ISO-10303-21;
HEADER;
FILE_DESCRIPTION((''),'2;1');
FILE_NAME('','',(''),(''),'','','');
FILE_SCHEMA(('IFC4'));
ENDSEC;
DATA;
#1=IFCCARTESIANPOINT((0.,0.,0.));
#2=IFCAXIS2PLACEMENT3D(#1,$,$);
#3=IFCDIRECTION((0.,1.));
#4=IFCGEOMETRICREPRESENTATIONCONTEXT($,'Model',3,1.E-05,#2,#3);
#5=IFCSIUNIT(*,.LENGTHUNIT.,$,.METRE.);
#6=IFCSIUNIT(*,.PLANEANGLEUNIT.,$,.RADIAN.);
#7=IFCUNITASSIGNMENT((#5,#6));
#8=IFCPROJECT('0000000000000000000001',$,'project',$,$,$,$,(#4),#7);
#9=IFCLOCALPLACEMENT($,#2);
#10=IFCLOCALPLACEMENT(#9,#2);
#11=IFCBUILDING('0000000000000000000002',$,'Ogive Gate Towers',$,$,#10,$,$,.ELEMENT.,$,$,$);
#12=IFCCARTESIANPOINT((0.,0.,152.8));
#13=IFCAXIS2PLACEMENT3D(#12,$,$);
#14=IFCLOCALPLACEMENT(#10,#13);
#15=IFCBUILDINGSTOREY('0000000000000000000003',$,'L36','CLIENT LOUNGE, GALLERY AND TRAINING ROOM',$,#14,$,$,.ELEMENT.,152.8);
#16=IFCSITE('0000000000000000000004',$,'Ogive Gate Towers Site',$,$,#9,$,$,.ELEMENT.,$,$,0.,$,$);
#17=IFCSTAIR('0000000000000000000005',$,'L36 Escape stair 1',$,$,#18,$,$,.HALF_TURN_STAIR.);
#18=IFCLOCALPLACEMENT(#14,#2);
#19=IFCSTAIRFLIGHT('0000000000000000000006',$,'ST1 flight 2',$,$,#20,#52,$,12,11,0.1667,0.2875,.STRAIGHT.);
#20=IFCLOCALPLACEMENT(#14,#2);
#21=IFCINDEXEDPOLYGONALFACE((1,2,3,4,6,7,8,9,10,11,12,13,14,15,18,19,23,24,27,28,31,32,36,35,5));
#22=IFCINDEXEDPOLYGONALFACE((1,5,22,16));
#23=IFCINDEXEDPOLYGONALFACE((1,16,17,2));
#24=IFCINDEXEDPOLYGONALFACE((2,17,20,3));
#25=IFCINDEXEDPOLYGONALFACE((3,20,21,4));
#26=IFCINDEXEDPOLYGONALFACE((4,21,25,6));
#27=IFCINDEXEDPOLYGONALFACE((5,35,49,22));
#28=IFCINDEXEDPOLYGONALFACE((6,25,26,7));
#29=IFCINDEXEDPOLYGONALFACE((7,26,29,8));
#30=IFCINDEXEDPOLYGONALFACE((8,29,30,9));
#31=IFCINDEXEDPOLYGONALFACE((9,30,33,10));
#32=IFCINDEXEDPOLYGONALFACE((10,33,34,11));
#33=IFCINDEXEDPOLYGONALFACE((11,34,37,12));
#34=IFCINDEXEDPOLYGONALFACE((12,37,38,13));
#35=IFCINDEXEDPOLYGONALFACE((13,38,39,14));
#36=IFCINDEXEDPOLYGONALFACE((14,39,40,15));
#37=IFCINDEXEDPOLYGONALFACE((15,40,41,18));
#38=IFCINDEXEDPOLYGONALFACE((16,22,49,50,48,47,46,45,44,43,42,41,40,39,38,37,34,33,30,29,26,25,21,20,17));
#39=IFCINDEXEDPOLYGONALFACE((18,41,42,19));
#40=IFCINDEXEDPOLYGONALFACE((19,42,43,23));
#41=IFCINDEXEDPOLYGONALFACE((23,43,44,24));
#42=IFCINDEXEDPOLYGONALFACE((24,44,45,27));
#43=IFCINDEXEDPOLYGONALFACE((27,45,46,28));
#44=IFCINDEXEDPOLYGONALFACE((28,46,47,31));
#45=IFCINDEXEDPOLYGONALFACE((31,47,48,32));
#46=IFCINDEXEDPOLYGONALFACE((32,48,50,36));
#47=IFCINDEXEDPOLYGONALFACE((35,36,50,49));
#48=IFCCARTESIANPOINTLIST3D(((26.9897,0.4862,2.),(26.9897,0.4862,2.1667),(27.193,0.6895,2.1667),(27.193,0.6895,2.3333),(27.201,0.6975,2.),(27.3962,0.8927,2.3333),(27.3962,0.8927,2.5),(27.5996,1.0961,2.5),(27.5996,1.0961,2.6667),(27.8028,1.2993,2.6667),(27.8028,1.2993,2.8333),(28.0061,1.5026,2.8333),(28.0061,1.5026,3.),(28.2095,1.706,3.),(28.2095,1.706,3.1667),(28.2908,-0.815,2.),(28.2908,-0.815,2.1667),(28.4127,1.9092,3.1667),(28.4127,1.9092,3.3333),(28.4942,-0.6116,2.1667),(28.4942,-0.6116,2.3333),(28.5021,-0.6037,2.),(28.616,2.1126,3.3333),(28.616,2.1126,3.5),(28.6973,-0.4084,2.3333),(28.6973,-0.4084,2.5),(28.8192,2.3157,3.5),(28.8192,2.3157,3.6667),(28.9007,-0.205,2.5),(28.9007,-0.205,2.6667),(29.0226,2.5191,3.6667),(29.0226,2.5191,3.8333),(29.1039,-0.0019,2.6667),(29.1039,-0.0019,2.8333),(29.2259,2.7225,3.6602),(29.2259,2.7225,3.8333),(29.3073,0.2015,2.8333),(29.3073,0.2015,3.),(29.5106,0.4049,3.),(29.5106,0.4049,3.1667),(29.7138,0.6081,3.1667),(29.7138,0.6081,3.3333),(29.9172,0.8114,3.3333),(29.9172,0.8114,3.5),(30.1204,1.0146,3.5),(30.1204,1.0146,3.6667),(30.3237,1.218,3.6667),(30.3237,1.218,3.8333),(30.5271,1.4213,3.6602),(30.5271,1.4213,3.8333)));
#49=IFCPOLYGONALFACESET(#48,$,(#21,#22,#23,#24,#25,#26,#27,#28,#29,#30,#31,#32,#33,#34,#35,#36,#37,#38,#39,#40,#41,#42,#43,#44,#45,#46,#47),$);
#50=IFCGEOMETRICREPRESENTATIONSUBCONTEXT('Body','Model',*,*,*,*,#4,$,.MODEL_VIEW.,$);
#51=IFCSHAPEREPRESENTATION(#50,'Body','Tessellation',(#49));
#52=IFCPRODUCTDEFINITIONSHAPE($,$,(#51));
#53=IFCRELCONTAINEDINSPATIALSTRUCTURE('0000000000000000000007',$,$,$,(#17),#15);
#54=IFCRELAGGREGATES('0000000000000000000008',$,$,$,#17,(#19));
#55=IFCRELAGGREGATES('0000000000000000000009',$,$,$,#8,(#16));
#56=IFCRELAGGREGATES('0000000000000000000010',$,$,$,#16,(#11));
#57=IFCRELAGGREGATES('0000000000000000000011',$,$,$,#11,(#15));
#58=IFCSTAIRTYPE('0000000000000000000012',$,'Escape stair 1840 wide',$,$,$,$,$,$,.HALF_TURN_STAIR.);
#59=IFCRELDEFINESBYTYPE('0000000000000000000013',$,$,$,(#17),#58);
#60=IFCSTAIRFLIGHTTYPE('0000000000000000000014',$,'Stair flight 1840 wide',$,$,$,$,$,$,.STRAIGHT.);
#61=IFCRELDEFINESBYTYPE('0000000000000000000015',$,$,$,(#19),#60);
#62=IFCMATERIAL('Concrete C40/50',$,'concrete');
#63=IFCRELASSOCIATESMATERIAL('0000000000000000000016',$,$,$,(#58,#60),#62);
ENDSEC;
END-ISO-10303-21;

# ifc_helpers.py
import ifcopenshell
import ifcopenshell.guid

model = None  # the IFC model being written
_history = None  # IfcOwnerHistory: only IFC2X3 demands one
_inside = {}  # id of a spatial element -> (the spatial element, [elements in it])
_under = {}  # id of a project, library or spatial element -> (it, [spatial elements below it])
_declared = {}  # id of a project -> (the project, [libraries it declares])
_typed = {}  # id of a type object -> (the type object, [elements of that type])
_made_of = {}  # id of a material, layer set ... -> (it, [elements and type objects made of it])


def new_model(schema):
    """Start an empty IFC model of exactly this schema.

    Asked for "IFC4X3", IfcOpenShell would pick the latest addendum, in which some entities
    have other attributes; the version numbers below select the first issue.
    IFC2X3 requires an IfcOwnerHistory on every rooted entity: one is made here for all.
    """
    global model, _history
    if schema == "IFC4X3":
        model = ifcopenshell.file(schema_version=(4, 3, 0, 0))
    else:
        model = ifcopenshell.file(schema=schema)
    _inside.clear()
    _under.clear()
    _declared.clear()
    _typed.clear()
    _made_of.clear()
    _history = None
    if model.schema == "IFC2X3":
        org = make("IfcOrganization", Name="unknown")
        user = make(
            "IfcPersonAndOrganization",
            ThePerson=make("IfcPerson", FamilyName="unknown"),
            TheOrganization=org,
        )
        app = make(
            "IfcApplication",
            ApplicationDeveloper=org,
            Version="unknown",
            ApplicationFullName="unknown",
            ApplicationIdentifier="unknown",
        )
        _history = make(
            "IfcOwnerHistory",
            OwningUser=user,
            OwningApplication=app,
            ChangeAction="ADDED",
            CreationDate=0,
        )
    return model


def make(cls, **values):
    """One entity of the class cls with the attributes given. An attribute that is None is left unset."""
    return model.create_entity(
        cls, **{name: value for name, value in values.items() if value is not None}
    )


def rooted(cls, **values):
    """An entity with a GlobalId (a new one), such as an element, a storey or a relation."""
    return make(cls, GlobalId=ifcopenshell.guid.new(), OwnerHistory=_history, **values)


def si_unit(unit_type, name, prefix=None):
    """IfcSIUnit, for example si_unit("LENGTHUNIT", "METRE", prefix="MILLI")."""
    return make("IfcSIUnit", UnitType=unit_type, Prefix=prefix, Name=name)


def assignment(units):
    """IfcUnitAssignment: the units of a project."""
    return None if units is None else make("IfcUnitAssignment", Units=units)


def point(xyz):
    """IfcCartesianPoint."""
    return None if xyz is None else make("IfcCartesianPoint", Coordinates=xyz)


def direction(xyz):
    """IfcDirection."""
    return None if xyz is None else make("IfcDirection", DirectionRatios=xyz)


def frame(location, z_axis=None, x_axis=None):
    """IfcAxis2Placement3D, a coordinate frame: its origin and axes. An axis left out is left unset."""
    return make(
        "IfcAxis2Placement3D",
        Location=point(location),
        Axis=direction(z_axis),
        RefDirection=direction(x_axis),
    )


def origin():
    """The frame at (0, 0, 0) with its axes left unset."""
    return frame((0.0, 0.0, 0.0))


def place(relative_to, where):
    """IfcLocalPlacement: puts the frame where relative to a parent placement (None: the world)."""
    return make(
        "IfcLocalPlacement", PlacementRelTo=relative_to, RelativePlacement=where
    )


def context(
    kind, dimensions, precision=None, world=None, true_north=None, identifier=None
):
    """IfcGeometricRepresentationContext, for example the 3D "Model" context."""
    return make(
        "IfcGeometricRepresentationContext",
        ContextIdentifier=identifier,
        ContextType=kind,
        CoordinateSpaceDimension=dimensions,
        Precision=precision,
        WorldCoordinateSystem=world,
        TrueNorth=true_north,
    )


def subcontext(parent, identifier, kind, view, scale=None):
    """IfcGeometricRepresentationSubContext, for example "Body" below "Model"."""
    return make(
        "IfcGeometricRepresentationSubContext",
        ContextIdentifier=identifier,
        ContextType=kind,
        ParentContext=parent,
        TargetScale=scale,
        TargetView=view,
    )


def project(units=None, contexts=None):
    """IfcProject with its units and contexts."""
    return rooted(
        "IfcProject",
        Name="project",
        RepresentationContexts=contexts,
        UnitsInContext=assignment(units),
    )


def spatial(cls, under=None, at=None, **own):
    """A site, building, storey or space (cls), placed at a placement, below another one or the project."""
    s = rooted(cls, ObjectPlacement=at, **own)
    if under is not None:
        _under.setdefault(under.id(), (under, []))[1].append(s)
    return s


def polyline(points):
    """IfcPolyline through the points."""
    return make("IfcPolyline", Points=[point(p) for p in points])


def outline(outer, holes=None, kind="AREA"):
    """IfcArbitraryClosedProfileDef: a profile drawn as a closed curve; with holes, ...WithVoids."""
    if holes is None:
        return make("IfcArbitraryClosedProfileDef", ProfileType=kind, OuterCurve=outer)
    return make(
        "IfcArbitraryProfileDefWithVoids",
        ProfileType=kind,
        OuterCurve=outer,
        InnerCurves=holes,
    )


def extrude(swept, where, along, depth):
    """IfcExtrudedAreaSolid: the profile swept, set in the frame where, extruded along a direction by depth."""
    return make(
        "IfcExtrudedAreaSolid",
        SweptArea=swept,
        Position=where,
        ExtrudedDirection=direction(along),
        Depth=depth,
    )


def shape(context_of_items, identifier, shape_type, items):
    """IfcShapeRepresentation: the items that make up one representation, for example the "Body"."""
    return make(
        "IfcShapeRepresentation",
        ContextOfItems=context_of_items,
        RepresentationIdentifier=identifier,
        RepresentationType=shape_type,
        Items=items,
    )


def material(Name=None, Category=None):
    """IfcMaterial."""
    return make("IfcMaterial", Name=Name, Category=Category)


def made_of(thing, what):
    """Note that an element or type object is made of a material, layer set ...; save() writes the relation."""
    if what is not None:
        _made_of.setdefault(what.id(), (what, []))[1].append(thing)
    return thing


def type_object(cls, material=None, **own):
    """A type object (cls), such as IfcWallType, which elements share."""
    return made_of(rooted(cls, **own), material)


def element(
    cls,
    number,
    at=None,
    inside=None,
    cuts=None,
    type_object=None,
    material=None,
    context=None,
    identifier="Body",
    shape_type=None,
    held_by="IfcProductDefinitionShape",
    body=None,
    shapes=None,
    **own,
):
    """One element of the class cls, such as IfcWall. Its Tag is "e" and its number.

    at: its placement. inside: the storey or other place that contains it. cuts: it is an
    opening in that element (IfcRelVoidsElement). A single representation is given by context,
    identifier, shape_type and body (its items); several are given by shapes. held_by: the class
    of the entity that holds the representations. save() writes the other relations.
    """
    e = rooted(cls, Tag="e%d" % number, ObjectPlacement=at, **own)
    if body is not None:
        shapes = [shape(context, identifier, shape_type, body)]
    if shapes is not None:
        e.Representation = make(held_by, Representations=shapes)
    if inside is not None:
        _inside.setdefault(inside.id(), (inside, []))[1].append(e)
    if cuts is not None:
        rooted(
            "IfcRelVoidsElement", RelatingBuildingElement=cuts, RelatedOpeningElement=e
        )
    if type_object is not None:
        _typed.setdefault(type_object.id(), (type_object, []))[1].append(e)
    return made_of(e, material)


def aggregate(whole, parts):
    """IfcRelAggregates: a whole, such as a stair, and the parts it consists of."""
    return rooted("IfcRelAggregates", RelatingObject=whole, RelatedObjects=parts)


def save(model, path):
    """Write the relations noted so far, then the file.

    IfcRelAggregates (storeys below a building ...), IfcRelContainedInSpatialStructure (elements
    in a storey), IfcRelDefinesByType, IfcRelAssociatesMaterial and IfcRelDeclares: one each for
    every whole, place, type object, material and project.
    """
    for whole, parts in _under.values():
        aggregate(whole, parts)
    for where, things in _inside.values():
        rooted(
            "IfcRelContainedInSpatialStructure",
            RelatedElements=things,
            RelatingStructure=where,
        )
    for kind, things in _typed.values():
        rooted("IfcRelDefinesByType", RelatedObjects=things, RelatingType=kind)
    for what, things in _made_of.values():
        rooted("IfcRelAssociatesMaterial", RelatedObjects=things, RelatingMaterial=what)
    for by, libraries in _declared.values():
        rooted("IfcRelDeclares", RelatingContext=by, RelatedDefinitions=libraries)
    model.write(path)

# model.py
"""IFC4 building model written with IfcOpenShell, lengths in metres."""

from ifc_helpers import new_model, si_unit, direction, frame, origin, place, context, subcontext, project, spatial, polyline, outline, extrude, material, type_object, element, aggregate, save


model = new_model("IFC4")

# Units and contexts
model_context = context("Model", 3, precision=1e-05, world=origin(), true_north=direction((0.0, 1.0)))
body_context = subcontext(model_context, "Body", "Model", "MODEL_VIEW")
ifc_project = project(units=[si_unit("LENGTHUNIT", "METRE"), si_unit("PLANEANGLEUNIT", "RADIAN")], contexts=[model_context])

# Site, building, storey
site_placement = place(None, origin())
site = spatial("IfcSite", under=ifc_project, at=site_placement, Name="Ogive Gate Towers Site", CompositionType="ELEMENT", RefElevation=0.0)
building_placement = place(site_placement, origin())
building = spatial("IfcBuilding", under=site, at=building_placement, Name="Ogive Gate Towers", CompositionType="ELEMENT")
storey_placement = place(building_placement, frame((0.0, 0.0, 152.8)))
storey = spatial("IfcBuildingStorey", under=building, at=storey_placement, Name="L36", Description="CLIENT LOUNGE, GALLERY AND TRAINING ROOM", CompositionType="ELEMENT", Elevation=152.8)

# Stair, stair flight
ifc_material_1 = material(Name="Concrete C40/50", Category="concrete")
stair_type = type_object("IfcStairType", Name="Escape stair 1840 wide", PredefinedType="HALF_TURN_STAIR", material=ifc_material_1)
stair_placement = place(storey_placement, origin())
stair = element("IfcStair", 1, at=stair_placement, inside=storey, type_object=stair_type, Name="L36 Escape stair 1", PredefinedType="HALF_TURN_STAIR")
stair_flight_type = type_object("IfcStairFlightType", Name="Stair flight 1840 wide", PredefinedType="STRAIGHT", material=ifc_material_1)
stair_flight_placement = place(storey_placement, frame((27.6401, -0.1643, 2.0), z_axis=(0.0, 0.0, 1.0), x_axis=(0.707107, 0.707107, 0.0)))
stair_flight = element("IfcStairFlight", 2, at=stair_flight_placement, type_object=stair_flight_type, Name="ST1 flight 2", NumberOfRisers=12, NumberOfTreads=11, PredefinedType="STRAIGHT", RiserHeight=0.1667, TreadLength=0.2875, context=body_context, shape_type="SweptSolid", body=[
    extrude(outline(polyline([(0.0, 0.0), (0.0, 0.1667), (0.2876, 0.1667), (0.2876, 0.3333), (0.575, 0.3333), (0.575, 0.5), (0.8625, 0.5), (0.8625, 0.6667), (1.1499, 0.6667), (1.1499, 0.8333), (1.4375, 0.8333), (1.4375, 1.0), (1.7251, 1.0), (1.7251, 1.1667), (2.0125, 1.1667), (2.0125, 1.3333), (2.3, 1.3333), (2.3, 1.5), (2.5874, 1.5), (2.5874, 1.6667), (2.875, 1.6667), (2.875, 1.8333), (3.1626, 1.8333), (3.1626, 2.0), (3.1626, 1.6602), (0.2988, 0.0), (0.0, 0.0)])), frame((0.0, 0.9199, 0.0), z_axis=(0.0, -1.0, 0.0), x_axis=(1.0, 0.0, 0.0)), (0.0, 0.0, 1.0), 1.8401),
])
aggregate(stair, [stair_flight])

save(model, "model.ifc")
